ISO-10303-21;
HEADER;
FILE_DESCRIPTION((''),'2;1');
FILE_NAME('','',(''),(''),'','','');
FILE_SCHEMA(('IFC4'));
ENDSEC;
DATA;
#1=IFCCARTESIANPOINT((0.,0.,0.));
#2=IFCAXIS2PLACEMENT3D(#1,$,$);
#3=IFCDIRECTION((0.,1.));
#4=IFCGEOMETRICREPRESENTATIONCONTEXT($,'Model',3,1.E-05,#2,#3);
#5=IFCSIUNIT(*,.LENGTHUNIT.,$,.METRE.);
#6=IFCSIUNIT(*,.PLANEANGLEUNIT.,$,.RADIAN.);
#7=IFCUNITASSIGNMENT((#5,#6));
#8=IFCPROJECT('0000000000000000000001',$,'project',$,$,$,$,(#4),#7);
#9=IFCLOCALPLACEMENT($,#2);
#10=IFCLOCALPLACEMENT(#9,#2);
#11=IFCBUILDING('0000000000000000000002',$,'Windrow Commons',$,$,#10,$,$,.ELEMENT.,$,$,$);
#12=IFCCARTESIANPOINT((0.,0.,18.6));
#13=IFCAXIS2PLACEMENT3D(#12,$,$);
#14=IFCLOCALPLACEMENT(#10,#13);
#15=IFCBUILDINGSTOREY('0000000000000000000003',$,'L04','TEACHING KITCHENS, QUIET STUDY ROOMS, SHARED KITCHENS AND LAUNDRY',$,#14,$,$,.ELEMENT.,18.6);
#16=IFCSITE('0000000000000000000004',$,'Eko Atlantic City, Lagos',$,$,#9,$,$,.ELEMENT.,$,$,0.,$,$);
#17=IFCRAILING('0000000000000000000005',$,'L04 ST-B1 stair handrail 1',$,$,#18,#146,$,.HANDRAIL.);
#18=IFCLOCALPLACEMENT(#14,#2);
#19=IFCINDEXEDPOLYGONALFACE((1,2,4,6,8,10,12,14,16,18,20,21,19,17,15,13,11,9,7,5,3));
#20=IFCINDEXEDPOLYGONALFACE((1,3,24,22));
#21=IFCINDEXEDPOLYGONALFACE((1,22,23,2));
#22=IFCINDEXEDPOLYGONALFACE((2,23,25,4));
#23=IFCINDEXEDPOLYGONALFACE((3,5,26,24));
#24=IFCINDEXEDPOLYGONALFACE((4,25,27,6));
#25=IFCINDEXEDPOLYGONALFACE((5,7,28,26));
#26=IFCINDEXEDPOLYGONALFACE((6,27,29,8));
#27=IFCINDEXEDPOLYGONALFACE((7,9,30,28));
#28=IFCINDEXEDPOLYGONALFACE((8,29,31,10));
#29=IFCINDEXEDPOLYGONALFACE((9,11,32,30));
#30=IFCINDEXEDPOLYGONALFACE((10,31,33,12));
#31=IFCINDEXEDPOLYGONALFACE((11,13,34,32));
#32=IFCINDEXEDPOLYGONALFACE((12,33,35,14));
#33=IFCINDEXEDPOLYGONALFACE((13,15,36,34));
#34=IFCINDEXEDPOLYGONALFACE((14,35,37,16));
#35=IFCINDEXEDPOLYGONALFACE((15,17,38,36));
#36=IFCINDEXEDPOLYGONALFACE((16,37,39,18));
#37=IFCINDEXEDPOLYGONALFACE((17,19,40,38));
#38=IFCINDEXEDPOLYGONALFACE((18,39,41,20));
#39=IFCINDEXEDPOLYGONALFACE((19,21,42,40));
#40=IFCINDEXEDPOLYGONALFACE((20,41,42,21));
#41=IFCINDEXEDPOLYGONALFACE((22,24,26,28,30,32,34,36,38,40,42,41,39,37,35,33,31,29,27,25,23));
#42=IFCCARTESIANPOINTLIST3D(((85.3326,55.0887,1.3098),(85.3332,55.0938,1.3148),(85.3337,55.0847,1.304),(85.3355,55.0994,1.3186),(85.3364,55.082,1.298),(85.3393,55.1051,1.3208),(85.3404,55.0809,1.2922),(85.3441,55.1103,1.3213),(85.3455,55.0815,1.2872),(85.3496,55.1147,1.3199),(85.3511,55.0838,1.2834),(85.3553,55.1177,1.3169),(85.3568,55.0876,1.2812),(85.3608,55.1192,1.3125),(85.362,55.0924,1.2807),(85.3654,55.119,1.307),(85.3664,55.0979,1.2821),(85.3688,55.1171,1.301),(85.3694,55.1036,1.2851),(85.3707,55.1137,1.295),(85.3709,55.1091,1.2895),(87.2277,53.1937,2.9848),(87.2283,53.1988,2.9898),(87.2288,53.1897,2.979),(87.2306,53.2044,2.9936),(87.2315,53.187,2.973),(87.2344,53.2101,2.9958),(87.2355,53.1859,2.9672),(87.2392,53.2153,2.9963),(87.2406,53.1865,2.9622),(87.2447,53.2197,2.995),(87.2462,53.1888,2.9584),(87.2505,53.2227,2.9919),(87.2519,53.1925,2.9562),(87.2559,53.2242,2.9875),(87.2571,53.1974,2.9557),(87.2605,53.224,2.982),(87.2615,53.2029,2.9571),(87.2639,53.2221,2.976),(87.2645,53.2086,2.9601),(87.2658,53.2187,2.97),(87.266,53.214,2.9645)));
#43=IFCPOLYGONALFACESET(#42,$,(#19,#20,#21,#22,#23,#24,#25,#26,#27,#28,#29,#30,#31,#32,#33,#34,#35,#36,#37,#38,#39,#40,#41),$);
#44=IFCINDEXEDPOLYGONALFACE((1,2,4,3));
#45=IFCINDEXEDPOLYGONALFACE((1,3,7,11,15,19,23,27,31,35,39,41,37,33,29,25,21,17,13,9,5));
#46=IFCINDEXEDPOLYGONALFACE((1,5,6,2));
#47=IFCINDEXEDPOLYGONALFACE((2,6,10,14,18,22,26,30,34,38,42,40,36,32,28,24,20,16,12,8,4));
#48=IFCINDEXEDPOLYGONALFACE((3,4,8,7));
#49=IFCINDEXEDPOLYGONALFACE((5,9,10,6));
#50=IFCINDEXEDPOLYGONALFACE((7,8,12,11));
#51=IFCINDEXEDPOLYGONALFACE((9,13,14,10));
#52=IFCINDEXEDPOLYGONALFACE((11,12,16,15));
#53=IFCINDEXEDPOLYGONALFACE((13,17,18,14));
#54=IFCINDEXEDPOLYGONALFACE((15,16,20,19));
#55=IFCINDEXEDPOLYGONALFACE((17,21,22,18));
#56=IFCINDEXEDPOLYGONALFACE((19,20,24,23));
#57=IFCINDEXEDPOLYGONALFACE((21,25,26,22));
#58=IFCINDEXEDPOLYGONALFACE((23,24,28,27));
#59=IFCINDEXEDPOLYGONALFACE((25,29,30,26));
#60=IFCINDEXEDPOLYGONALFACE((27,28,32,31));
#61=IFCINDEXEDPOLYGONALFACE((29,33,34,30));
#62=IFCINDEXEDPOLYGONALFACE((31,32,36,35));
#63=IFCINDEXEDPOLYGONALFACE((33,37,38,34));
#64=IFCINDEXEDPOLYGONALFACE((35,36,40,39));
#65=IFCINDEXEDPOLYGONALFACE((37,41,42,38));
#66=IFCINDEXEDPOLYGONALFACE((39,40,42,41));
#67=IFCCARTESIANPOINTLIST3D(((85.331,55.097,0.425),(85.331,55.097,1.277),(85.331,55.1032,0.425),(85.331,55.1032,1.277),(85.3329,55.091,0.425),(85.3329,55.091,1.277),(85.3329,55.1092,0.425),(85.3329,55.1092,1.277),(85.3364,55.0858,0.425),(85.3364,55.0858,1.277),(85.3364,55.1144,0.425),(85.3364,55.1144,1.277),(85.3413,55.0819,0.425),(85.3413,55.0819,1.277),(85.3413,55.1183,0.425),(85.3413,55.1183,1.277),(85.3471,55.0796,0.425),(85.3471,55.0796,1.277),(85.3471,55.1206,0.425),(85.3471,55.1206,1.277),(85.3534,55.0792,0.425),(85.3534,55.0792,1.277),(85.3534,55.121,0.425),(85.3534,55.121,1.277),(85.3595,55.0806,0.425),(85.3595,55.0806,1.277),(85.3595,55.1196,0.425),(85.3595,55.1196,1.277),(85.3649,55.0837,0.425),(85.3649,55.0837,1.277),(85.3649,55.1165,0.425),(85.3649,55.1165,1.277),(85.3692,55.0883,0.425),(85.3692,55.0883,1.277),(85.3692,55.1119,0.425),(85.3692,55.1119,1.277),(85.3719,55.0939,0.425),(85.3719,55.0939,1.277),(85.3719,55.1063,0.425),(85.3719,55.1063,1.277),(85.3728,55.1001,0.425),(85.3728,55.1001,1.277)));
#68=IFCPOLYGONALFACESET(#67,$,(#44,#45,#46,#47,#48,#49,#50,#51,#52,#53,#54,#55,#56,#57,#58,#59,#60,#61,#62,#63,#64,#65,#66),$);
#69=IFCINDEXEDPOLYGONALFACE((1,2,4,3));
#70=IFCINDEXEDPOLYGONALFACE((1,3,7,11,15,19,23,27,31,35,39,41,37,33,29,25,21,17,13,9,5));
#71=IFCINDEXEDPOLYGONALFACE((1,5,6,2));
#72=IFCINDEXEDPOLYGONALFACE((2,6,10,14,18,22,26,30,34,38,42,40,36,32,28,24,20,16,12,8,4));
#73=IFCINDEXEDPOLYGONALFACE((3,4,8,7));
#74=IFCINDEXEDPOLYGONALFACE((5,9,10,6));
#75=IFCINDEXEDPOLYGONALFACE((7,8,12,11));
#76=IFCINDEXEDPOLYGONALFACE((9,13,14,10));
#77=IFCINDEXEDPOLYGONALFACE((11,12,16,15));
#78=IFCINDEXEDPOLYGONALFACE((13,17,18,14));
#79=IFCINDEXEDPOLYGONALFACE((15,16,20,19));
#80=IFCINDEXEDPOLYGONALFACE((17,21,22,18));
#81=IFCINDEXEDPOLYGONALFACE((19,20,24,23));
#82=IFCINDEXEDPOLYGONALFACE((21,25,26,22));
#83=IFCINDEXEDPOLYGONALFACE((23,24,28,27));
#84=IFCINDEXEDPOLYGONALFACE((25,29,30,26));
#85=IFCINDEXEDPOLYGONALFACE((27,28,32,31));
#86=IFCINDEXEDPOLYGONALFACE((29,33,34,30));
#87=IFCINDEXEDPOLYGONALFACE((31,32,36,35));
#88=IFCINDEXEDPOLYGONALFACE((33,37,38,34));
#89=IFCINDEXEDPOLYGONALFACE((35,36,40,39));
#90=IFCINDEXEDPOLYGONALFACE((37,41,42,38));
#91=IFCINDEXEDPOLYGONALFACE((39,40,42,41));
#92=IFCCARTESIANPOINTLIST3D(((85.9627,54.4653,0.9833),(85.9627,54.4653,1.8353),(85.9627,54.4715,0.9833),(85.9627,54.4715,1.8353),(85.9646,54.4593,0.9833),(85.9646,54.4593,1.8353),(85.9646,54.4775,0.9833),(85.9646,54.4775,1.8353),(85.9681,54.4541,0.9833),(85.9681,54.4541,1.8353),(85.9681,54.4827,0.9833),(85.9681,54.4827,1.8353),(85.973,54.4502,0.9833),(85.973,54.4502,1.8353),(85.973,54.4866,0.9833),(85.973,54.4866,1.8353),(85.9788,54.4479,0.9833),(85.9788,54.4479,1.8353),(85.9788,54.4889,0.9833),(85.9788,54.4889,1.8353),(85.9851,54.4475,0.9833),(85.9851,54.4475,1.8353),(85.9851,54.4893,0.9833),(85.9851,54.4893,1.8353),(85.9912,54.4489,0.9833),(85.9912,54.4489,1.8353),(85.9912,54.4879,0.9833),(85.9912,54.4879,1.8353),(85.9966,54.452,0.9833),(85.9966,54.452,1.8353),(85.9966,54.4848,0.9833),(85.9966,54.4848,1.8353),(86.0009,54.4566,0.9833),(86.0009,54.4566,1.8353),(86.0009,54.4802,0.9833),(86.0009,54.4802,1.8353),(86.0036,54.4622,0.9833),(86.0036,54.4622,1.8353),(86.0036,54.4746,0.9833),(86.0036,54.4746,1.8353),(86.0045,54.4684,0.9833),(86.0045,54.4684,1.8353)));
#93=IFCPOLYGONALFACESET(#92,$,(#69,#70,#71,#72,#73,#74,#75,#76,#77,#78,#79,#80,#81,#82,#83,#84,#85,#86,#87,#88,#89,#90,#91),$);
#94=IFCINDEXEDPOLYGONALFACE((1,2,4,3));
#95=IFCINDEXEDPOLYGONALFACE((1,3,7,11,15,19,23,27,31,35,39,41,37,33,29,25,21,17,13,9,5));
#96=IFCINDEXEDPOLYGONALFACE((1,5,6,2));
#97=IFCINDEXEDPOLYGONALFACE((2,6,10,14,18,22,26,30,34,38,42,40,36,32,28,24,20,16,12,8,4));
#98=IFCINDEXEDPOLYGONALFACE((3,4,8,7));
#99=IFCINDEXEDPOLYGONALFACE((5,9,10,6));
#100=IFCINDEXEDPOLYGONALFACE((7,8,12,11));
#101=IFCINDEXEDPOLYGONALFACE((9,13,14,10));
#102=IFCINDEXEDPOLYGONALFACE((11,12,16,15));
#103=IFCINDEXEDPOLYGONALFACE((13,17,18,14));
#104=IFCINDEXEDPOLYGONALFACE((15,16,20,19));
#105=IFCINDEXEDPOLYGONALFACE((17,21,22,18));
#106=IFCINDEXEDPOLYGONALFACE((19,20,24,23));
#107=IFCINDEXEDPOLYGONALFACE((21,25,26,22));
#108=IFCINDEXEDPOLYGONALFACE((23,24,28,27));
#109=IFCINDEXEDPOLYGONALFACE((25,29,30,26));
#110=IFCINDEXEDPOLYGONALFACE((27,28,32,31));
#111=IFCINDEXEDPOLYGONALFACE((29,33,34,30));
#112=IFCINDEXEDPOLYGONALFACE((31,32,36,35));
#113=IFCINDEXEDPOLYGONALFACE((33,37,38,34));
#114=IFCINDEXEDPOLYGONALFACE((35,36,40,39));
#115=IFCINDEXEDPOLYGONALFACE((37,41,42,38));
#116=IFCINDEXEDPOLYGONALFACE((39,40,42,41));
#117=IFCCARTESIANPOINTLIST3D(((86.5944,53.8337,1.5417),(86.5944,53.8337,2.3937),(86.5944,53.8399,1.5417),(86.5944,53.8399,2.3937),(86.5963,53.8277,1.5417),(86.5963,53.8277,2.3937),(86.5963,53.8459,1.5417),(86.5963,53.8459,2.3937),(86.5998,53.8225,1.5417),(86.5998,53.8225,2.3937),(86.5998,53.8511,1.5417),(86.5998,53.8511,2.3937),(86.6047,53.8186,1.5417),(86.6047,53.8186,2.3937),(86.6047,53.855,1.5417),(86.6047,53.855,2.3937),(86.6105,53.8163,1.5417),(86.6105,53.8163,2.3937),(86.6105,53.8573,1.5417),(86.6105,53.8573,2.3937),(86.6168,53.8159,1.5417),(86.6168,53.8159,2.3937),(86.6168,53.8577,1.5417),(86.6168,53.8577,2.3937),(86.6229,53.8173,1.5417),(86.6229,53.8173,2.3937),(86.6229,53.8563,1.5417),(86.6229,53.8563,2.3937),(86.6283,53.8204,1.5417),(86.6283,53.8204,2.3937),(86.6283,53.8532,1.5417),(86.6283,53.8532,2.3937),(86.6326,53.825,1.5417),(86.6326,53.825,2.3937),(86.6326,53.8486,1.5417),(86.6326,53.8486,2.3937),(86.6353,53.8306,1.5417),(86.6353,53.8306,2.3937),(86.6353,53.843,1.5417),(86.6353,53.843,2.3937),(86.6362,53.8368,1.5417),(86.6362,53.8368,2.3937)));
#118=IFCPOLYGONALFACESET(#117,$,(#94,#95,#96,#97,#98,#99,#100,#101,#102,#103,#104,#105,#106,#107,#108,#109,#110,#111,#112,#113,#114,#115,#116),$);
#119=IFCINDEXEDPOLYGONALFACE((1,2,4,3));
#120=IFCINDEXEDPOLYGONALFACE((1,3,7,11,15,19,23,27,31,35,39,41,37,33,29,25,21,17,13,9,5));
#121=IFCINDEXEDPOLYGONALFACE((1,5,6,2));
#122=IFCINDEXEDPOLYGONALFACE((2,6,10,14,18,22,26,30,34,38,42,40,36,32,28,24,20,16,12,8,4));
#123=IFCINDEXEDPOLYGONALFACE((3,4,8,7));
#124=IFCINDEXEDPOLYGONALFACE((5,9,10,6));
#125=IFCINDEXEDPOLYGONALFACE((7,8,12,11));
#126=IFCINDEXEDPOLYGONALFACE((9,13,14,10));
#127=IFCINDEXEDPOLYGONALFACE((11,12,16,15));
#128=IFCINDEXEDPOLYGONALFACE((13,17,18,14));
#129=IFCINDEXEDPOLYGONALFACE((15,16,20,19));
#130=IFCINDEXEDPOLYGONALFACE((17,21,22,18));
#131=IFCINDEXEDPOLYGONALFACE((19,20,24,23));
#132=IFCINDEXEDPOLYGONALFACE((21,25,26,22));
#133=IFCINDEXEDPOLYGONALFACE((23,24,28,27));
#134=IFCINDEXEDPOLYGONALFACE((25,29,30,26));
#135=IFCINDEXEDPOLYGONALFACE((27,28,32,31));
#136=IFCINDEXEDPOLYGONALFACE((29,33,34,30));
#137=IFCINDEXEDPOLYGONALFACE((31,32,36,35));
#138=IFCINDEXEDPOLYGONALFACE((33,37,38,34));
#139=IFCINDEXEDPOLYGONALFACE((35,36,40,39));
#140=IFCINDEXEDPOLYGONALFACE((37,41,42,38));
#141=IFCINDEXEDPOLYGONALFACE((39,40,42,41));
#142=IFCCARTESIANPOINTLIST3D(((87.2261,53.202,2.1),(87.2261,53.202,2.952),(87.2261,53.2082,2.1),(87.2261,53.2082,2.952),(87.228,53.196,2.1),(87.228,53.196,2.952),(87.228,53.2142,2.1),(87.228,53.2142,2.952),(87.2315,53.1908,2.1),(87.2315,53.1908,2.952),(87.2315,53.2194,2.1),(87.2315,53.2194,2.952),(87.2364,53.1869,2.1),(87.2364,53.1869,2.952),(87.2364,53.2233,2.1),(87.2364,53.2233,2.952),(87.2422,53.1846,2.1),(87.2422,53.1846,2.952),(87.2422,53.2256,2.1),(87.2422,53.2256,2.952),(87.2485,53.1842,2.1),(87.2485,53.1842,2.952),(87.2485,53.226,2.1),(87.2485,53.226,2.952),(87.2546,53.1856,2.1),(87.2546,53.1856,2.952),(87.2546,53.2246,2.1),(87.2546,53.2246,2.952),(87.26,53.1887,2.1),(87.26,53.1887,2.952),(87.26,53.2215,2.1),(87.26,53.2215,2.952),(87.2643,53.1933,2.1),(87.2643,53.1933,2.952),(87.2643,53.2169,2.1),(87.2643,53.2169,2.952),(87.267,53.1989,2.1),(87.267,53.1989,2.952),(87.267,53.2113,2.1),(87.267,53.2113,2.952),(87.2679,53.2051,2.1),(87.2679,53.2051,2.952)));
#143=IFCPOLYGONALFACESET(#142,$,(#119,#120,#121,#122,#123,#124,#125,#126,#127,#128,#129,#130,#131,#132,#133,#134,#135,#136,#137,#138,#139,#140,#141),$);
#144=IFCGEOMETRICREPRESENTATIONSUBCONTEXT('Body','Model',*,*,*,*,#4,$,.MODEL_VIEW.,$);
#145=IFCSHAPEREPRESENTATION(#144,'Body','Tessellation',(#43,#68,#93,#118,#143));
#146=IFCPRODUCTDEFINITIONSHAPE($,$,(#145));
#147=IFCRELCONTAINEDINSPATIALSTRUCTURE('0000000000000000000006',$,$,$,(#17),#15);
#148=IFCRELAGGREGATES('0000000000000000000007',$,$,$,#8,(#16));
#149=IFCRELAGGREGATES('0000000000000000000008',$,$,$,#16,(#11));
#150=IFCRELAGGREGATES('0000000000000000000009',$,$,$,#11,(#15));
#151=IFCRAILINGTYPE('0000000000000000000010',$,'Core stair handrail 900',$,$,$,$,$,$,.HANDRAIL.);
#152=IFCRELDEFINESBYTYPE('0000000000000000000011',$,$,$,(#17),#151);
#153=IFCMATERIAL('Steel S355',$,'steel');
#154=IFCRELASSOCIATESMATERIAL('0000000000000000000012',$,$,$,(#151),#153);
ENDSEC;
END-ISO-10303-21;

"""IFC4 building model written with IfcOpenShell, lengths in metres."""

from ifc_helpers import new_model, si_unit, direction, frame, origin, origin_2d, place, context, subcontext, project, spatial, circle, extrude, material, type_object, element, save


model = new_model("IFC4")

# Units and contexts
model_context = context("Model", 3, precision=1e-05, world=origin(), true_north=direction((0.0, 1.0)))
body_context = subcontext(model_context, "Body", "Model", "MODEL_VIEW")
ifc_project = project(units=[si_unit("LENGTHUNIT", "METRE"), si_unit("PLANEANGLEUNIT", "RADIAN")], contexts=[model_context])

# Site, building, storey
site_placement = place(None, origin())
site = spatial("IfcSite", under=ifc_project, at=site_placement, Name="Eko Atlantic City, Lagos", CompositionType="ELEMENT", RefElevation=0.0)
building_placement = place(site_placement, origin())
building = spatial("IfcBuilding", under=site, at=building_placement, Name="Windrow Commons", CompositionType="ELEMENT")
storey_placement = place(building_placement, frame((0.0, 0.0, 18.6)))
storey = spatial("IfcBuildingStorey", under=building, at=storey_placement, Name="L04", Description="TEACHING KITCHENS, QUIET STUDY ROOMS, SHARED KITCHENS AND LAUNDRY", CompositionType="ELEMENT", Elevation=18.6)

# Railing
ifc_material_1 = material(Name="Steel S355", Category="steel")
railing_type_1 = type_object("IfcRailingType", Name="Core stair handrail 900", PredefinedType="HANDRAIL", material=ifc_material_1)
railing_1_placement = place(storey_placement, frame((85.3518, 55.1001, 0.425)))
element("IfcRailing", 1, at=railing_1_placement, inside=storey, type_object=railing_type_1, Name="L04 ST-B1 stair handrail 1", PredefinedType="HANDRAIL", context=body_context, shape_type="SweptSolid", body=[
    extrude(circle(Radius=0.024, at=origin_2d()), frame((0.0, 0.0, 0.876), z_axis=(0.599642, -0.59961, 0.529998), x_axis=(0.707088, 0.707125, 0.0)), (0.0, 0.0, 1.0), 3.1604),
    extrude(circle(Radius=0.021, at=origin_2d()), origin(), (0.0, 0.0, 1.0), 0.852),
    extrude(circle(Radius=0.021, at=origin_2d()), frame((0.6317, -0.6317, 0.5583)), (0.0, 0.0, 1.0), 0.852),
    extrude(circle(Radius=0.021, at=origin_2d()), frame((1.2634, -1.2633, 1.1167)), (0.0, 0.0, 1.0), 0.852),
    extrude(circle(Radius=0.021, at=origin_2d()), frame((1.8951, -1.895, 1.675)), (0.0, 0.0, 1.0), 0.852),
])

save(model, "model.ifc")
